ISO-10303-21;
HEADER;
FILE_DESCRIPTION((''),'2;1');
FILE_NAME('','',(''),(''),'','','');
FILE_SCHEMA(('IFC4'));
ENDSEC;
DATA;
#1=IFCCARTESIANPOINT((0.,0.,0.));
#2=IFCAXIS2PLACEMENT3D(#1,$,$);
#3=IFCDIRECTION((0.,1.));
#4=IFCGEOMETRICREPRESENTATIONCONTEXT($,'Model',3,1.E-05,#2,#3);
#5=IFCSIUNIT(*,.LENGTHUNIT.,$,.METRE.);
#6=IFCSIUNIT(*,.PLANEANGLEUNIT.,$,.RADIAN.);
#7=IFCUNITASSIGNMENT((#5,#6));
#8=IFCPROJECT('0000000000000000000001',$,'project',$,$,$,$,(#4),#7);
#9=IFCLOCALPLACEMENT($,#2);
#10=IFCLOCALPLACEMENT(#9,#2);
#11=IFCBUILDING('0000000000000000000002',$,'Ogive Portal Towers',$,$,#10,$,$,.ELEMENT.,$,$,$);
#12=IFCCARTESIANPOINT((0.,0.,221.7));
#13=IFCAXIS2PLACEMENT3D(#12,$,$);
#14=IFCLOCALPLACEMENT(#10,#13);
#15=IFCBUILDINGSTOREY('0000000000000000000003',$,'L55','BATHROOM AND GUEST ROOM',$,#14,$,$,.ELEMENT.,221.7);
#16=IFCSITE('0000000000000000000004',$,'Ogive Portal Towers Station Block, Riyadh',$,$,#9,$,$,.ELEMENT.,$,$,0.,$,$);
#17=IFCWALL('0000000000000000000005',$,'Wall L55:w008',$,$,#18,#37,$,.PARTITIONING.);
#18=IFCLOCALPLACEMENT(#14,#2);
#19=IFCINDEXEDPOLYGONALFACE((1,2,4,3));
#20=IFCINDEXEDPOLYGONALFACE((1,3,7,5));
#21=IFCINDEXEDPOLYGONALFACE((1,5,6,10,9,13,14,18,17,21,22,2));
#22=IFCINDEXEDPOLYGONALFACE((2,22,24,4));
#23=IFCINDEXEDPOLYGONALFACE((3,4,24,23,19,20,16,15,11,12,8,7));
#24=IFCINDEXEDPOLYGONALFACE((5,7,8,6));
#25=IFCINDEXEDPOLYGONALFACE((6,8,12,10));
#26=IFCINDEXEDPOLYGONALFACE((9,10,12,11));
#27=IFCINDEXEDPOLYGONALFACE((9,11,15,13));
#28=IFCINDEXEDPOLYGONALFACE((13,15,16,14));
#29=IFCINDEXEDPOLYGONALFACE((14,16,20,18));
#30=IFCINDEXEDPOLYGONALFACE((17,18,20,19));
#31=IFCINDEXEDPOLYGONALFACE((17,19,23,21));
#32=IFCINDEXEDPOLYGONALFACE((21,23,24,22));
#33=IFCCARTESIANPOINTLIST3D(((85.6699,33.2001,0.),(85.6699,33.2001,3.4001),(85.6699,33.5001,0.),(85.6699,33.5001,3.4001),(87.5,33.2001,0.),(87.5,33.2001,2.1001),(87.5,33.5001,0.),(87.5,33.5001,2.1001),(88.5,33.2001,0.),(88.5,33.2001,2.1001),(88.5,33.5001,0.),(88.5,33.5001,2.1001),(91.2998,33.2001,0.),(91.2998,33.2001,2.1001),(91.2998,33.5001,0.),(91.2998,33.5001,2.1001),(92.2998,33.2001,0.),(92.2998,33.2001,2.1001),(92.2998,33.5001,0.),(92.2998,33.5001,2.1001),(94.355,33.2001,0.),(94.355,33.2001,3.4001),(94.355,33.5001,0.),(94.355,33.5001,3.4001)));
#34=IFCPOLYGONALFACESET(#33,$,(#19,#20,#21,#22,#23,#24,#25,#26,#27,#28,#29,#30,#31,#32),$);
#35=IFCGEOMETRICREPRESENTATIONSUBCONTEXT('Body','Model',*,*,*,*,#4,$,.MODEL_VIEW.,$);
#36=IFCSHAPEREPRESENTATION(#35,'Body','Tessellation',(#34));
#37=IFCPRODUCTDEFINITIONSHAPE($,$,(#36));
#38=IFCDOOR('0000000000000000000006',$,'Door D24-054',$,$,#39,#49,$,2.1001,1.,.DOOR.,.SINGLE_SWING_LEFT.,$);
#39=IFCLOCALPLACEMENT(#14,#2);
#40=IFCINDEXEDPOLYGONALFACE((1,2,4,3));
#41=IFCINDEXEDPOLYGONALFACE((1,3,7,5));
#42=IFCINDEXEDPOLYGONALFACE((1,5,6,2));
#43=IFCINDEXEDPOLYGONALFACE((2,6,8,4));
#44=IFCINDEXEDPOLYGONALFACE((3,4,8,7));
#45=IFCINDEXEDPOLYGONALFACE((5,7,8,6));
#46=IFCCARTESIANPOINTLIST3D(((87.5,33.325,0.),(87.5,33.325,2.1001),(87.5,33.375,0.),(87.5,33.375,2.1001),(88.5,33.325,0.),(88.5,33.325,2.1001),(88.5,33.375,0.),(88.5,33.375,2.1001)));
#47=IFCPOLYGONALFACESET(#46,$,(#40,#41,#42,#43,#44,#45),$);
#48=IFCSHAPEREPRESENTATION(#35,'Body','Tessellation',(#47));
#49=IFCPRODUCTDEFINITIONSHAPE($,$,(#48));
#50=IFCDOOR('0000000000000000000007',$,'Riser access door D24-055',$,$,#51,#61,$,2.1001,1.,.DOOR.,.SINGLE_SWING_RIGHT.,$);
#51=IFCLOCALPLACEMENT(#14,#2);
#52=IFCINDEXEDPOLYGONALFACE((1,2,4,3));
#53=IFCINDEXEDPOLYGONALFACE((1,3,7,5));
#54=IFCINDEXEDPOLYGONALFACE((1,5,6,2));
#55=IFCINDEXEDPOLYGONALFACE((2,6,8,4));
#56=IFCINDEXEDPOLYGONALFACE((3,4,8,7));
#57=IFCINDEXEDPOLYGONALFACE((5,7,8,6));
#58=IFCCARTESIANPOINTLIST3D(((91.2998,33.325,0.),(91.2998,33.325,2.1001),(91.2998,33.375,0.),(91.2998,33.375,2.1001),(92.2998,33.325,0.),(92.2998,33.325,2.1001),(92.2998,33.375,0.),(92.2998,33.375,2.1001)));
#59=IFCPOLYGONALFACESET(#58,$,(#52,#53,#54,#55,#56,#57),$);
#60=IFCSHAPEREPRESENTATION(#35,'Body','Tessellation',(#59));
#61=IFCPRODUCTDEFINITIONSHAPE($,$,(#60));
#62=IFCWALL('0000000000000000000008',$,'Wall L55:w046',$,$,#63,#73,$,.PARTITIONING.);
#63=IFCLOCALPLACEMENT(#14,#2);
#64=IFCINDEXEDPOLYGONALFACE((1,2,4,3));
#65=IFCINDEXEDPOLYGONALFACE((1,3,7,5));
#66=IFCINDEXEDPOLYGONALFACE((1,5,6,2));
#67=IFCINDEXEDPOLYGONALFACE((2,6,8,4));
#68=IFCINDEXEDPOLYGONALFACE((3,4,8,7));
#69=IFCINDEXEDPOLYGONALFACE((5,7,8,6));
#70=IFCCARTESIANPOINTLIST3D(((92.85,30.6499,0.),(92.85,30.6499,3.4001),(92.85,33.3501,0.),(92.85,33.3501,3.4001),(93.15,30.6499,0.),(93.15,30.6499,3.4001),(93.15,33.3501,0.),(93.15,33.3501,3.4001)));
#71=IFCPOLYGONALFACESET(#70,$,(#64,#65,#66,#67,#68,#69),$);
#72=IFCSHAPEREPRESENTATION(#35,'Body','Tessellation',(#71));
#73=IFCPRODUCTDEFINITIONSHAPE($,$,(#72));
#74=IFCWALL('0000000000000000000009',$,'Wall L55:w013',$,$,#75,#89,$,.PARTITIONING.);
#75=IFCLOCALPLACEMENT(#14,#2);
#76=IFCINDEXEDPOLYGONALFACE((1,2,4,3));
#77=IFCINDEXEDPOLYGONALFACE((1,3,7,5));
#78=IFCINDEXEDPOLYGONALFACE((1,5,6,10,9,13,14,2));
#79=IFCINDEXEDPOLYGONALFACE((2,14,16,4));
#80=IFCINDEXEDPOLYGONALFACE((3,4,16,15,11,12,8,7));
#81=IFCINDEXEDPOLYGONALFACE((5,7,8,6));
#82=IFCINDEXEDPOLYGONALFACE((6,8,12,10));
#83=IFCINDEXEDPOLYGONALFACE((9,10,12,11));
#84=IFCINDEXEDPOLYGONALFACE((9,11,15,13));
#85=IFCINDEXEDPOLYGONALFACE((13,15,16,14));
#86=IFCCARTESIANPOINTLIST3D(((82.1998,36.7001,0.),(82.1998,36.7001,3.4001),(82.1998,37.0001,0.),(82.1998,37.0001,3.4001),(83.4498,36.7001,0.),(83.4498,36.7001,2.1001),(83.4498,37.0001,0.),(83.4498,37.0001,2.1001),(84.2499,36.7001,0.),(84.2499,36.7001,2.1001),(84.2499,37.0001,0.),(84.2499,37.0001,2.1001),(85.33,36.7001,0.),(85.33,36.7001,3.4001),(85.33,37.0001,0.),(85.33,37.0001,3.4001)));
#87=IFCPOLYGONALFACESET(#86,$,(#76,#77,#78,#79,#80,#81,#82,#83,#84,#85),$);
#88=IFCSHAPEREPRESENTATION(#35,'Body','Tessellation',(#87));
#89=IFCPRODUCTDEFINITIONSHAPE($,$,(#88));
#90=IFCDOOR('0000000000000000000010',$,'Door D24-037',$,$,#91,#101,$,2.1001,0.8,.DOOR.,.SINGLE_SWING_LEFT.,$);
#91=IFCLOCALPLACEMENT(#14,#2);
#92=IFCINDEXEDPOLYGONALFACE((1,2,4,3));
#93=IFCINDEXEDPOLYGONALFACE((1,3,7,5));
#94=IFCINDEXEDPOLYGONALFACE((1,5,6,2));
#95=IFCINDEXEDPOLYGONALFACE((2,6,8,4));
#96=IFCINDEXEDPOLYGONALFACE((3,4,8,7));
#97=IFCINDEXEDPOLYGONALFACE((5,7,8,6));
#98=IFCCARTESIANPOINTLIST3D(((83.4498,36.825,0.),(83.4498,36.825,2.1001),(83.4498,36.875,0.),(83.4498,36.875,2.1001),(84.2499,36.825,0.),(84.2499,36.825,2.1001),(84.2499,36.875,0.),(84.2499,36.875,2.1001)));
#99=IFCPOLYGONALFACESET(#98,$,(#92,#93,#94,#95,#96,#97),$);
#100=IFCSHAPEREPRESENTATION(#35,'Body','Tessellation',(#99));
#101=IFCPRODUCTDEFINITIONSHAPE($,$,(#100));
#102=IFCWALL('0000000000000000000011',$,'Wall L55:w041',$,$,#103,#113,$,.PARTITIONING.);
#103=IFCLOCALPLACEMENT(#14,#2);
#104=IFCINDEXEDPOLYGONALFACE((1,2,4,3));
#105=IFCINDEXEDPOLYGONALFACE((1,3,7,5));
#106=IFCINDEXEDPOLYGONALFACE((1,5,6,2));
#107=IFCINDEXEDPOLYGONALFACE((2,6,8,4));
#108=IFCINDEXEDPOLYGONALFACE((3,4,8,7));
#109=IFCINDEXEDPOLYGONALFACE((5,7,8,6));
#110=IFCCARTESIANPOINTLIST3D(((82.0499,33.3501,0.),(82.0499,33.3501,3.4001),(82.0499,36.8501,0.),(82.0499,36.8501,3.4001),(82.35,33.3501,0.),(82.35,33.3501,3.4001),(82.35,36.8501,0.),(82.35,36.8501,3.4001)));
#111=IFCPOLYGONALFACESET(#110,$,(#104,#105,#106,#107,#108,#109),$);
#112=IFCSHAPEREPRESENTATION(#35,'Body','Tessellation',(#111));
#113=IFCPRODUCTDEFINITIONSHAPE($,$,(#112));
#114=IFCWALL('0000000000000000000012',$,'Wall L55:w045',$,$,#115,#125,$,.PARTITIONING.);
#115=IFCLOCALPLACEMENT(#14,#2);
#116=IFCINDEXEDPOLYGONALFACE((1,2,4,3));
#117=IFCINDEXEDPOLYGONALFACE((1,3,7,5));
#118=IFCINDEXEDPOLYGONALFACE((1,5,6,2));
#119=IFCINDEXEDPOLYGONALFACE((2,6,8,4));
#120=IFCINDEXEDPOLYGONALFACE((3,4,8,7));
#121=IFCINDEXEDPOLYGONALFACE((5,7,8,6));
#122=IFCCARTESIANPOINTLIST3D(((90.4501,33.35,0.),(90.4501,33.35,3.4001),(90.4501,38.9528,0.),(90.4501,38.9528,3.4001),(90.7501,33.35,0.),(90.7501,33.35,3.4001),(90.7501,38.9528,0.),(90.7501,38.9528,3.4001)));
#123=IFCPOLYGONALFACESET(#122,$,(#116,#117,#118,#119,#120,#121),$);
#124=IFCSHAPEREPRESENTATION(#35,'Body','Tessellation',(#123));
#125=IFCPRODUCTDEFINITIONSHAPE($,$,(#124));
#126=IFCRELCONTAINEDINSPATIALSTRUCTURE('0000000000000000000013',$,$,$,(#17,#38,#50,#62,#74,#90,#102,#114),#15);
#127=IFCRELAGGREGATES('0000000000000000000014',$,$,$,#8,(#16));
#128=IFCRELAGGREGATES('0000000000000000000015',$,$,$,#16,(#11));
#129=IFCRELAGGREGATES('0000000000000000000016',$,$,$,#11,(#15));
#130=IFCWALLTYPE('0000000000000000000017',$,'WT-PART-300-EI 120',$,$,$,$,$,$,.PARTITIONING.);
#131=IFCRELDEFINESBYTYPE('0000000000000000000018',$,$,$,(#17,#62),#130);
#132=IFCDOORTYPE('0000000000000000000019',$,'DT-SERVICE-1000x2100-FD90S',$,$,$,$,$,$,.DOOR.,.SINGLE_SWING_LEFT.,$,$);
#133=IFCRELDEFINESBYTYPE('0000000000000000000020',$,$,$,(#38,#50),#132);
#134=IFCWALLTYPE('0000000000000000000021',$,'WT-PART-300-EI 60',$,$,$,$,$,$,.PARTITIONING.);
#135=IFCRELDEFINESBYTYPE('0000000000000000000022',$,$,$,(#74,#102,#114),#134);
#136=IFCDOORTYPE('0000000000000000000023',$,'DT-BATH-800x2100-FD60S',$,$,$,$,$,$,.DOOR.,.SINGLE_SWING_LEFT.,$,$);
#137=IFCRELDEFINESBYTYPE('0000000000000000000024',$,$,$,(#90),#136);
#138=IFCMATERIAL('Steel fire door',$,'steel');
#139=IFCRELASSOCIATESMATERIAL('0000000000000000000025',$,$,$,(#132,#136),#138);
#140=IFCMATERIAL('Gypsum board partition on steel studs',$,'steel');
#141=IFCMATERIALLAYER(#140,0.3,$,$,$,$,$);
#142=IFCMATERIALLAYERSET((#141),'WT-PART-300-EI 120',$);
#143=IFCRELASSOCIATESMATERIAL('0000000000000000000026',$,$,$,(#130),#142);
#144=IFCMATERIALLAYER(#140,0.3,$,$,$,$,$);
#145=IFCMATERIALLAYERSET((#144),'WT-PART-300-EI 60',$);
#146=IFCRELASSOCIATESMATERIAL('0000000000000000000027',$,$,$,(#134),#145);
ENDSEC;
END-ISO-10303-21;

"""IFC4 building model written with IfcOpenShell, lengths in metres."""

from ifc_helpers import new_model, si_unit, direction, frame, frame_2d, origin, place, context, subcontext, project, spatial, rectangle, extrude, material, layer, layer_set, type_object, element, fill, save


model = new_model("IFC4")

# Units and contexts
model_context = context("Model", 3, precision=1e-05, world=origin(), true_north=direction((0.0, 1.0)))
body_context = subcontext(model_context, "Body", "Model", "MODEL_VIEW")
ifc_project = project(units=[si_unit("LENGTHUNIT", "METRE"), si_unit("PLANEANGLEUNIT", "RADIAN")], contexts=[model_context])

# Site, building, storey
site_placement = place(None, origin())
site = spatial("IfcSite", under=ifc_project, at=site_placement, Name="Ogive Portal Towers Station Block, Riyadh", CompositionType="ELEMENT", RefElevation=0.0)
building_placement = place(site_placement, origin())
building = spatial("IfcBuilding", under=site, at=building_placement, Name="Ogive Portal Towers", CompositionType="ELEMENT")
storey_placement = place(building_placement, frame((0.0, 0.0, 221.7)))
storey = spatial("IfcBuildingStorey", under=building, at=storey_placement, Name="L55", Description="BATHROOM AND GUEST ROOM", CompositionType="ELEMENT", Elevation=221.7)

# Wall, openings, doors
ifc_material_1 = material(Name="Steel fire door", Category="steel")
door_type_1 = type_object("IfcDoorType", Name="DT-SERVICE-1000x2100-FD90S", OperationType="SINGLE_SWING_LEFT", PredefinedType="DOOR", material=ifc_material_1)
ifc_material_2 = material(Name="Gypsum board partition on steel studs", Category="steel")
ifc_layer_1 = layer(ifc_material_2, 0.3)
ifc_layer_set_1 = layer_set([ifc_layer_1], Name="WT-PART-300-EI 120")
wall_type_1 = type_object("IfcWallType", Name="WT-PART-300-EI 120", PredefinedType="PARTITIONING", material=ifc_layer_set_1)
wall_1_placement = place(storey_placement, frame((85.6699, 33.3501, 0.0), z_axis=(0.0, 0.0, 1.0), x_axis=(1.0, 0.0, 0.0)))
wall_1 = element("IfcWall", 1, at=wall_1_placement, inside=storey, type_object=wall_type_1, Name="Wall L55:w008", PredefinedType="PARTITIONING", context=body_context, shape_type="SweptSolid", body=[
    extrude(rectangle(XDim=8.6851, YDim=0.3, at=frame_2d((4.3425, 0.0))), origin(), (0.0, 0.0, 1.0), 3.4001),
])
opening_1_placement = place(wall_1_placement, frame((1.8301, 0.0, 0.0)))
opening_1 = element("IfcOpeningElement", 2, at=opening_1_placement, cuts=wall_1, PredefinedType="OPENING", context=body_context, shape_type="SweptSolid", body=[
    extrude(rectangle(XDim=1.0, YDim=2.1001, at=frame_2d((0.5, 1.05))), frame((0.0, 0.1602, 0.0), z_axis=(0.0, -1.0, 0.0), x_axis=(1.0, 0.0, 0.0)), (0.0, 0.0, 1.0), 0.3201),
])
opening_2_placement = place(wall_1_placement, frame((5.6299, 0.0, 0.0)))
opening_2 = element("IfcOpeningElement", 3, at=opening_2_placement, cuts=wall_1, PredefinedType="OPENING", context=body_context, shape_type="SweptSolid", body=[
    extrude(rectangle(XDim=1.0, YDim=2.1001, at=frame_2d((0.5, 1.05))), frame((0.0, 0.1602, 0.0), z_axis=(0.0, -1.0, 0.0), x_axis=(1.0, 0.0, 0.0)), (0.0, 0.0, 1.0), 0.3201),
])
door_1_placement = place(opening_1_placement, origin())
door_1 = element("IfcDoor", 4, at=door_1_placement, inside=storey, type_object=door_type_1, Name="Door D24-054", OperationType="SINGLE_SWING_LEFT", OverallHeight=2.1001, OverallWidth=1.0, PredefinedType="DOOR", context=body_context, shape_type="SweptSolid", body=[
    extrude(rectangle(XDim=1.0, YDim=2.1001, at=frame_2d((0.5, 1.05))), frame((0.0, 0.0249, 0.0), z_axis=(0.0, -1.0, 0.0), x_axis=(1.0, 0.0, 0.0)), (0.0, 0.0, 1.0), 0.05),
])
fill(opening_1, door_1)
door_2_placement = place(opening_2_placement, origin())
door_2 = element("IfcDoor", 5, at=door_2_placement, inside=storey, type_object=door_type_1, Name="Riser access door D24-055", OperationType="SINGLE_SWING_RIGHT", OverallHeight=2.1001, OverallWidth=1.0, PredefinedType="DOOR", context=body_context, shape_type="SweptSolid", body=[
    extrude(rectangle(XDim=1.0, YDim=2.1001, at=frame_2d((0.5, 1.05))), frame((0.0, 0.0249, 0.0), z_axis=(0.0, -1.0, 0.0), x_axis=(1.0, 0.0, 0.0)), (0.0, 0.0, 1.0), 0.05),
])
fill(opening_2, door_2)

# Wall
wall_2_placement = place(storey_placement, frame((93.0, 30.6499, 0.0), z_axis=(0.0, 0.0, 1.0), x_axis=(0.0, 1.0, 0.0)))
element("IfcWall", 6, at=wall_2_placement, inside=storey, type_object=wall_type_1, Name="Wall L55:w046", PredefinedType="PARTITIONING", context=body_context, shape_type="SweptSolid", body=[
    extrude(rectangle(XDim=2.7002, YDim=0.3, at=frame_2d((1.3501, 0.0))), origin(), (0.0, 0.0, 1.0), 3.4001),
])

# Wall, opening, door
ifc_layer_2 = layer(ifc_material_2, 0.3)
ifc_layer_set_2 = layer_set([ifc_layer_2], Name="WT-PART-300-EI 60")
wall_type_2 = type_object("IfcWallType", Name="WT-PART-300-EI 60", PredefinedType="PARTITIONING", material=ifc_layer_set_2)
wall_3_placement = place(storey_placement, frame((82.2, 36.8501, 0.0), z_axis=(0.0, 0.0, 1.0), x_axis=(1.0, 0.0, 0.0)))
wall_3 = element("IfcWall", 7, at=wall_3_placement, inside=storey, type_object=wall_type_2, Name="Wall L55:w013", PredefinedType="PARTITIONING", context=body_context, shape_type="SweptSolid", body=[
    extrude(rectangle(XDim=3.1301, YDim=0.3, at=frame_2d((1.5649, 0.0))), origin(), (0.0, 0.0, 1.0), 3.4001),
])
opening_3_placement = place(wall_3_placement, frame((1.25, 0.0, 0.0)))
opening_3 = element("IfcOpeningElement", 8, at=opening_3_placement, cuts=wall_3, PredefinedType="OPENING", context=body_context, shape_type="SweptSolid", body=[
    extrude(rectangle(XDim=0.8, YDim=2.1001, at=frame_2d((0.3999, 1.05))), frame((0.0, 0.1602, 0.0), z_axis=(0.0, -1.0, 0.0), x_axis=(1.0, 0.0, 0.0)), (0.0, 0.0, 1.0), 0.3201),
])
door_type_2 = type_object("IfcDoorType", Name="DT-BATH-800x2100-FD60S", OperationType="SINGLE_SWING_LEFT", PredefinedType="DOOR", material=ifc_material_1)
door_3_placement = place(opening_3_placement, origin())
door_3 = element("IfcDoor", 9, at=door_3_placement, inside=storey, type_object=door_type_2, Name="Door D24-037", OperationType="SINGLE_SWING_LEFT", OverallHeight=2.1001, OverallWidth=0.8, PredefinedType="DOOR", context=body_context, shape_type="SweptSolid", body=[
    extrude(rectangle(XDim=0.8, YDim=2.1001, at=frame_2d((0.3999, 1.05))), frame((0.0, 0.0249, 0.0), z_axis=(0.0, -1.0, 0.0), x_axis=(1.0, 0.0, 0.0)), (0.0, 0.0, 1.0), 0.05),
])
fill(opening_3, door_3)

# Walls
wall_4_placement = place(storey_placement, frame((82.2, 33.3501, 0.0), z_axis=(0.0, 0.0, 1.0), x_axis=(0.0, 1.0, 0.0)))
element("IfcWall", 10, at=wall_4_placement, inside=storey, type_object=wall_type_2, Name="Wall L55:w041", PredefinedType="PARTITIONING", context=body_context, shape_type="SweptSolid", body=[
    extrude(rectangle(XDim=3.5, YDim=0.3, at=frame_2d((1.75, 0.0))), origin(), (0.0, 0.0, 1.0), 3.4001),
])
wall_5_placement = place(storey_placement, frame((90.6001, 33.3501, 0.0), z_axis=(0.0, 0.0, 1.0), x_axis=(0.0, 1.0, 0.0)))
element("IfcWall", 11, at=wall_5_placement, inside=storey, type_object=wall_type_2, Name="Wall L55:w045", PredefinedType="PARTITIONING", context=body_context, shape_type="SweptSolid", body=[
    extrude(rectangle(XDim=5.6028, YDim=0.3, at=frame_2d((2.8013, 0.0))), origin(), (0.0, 0.0, 1.0), 3.4001),
])

save(model, "model.ifc")
